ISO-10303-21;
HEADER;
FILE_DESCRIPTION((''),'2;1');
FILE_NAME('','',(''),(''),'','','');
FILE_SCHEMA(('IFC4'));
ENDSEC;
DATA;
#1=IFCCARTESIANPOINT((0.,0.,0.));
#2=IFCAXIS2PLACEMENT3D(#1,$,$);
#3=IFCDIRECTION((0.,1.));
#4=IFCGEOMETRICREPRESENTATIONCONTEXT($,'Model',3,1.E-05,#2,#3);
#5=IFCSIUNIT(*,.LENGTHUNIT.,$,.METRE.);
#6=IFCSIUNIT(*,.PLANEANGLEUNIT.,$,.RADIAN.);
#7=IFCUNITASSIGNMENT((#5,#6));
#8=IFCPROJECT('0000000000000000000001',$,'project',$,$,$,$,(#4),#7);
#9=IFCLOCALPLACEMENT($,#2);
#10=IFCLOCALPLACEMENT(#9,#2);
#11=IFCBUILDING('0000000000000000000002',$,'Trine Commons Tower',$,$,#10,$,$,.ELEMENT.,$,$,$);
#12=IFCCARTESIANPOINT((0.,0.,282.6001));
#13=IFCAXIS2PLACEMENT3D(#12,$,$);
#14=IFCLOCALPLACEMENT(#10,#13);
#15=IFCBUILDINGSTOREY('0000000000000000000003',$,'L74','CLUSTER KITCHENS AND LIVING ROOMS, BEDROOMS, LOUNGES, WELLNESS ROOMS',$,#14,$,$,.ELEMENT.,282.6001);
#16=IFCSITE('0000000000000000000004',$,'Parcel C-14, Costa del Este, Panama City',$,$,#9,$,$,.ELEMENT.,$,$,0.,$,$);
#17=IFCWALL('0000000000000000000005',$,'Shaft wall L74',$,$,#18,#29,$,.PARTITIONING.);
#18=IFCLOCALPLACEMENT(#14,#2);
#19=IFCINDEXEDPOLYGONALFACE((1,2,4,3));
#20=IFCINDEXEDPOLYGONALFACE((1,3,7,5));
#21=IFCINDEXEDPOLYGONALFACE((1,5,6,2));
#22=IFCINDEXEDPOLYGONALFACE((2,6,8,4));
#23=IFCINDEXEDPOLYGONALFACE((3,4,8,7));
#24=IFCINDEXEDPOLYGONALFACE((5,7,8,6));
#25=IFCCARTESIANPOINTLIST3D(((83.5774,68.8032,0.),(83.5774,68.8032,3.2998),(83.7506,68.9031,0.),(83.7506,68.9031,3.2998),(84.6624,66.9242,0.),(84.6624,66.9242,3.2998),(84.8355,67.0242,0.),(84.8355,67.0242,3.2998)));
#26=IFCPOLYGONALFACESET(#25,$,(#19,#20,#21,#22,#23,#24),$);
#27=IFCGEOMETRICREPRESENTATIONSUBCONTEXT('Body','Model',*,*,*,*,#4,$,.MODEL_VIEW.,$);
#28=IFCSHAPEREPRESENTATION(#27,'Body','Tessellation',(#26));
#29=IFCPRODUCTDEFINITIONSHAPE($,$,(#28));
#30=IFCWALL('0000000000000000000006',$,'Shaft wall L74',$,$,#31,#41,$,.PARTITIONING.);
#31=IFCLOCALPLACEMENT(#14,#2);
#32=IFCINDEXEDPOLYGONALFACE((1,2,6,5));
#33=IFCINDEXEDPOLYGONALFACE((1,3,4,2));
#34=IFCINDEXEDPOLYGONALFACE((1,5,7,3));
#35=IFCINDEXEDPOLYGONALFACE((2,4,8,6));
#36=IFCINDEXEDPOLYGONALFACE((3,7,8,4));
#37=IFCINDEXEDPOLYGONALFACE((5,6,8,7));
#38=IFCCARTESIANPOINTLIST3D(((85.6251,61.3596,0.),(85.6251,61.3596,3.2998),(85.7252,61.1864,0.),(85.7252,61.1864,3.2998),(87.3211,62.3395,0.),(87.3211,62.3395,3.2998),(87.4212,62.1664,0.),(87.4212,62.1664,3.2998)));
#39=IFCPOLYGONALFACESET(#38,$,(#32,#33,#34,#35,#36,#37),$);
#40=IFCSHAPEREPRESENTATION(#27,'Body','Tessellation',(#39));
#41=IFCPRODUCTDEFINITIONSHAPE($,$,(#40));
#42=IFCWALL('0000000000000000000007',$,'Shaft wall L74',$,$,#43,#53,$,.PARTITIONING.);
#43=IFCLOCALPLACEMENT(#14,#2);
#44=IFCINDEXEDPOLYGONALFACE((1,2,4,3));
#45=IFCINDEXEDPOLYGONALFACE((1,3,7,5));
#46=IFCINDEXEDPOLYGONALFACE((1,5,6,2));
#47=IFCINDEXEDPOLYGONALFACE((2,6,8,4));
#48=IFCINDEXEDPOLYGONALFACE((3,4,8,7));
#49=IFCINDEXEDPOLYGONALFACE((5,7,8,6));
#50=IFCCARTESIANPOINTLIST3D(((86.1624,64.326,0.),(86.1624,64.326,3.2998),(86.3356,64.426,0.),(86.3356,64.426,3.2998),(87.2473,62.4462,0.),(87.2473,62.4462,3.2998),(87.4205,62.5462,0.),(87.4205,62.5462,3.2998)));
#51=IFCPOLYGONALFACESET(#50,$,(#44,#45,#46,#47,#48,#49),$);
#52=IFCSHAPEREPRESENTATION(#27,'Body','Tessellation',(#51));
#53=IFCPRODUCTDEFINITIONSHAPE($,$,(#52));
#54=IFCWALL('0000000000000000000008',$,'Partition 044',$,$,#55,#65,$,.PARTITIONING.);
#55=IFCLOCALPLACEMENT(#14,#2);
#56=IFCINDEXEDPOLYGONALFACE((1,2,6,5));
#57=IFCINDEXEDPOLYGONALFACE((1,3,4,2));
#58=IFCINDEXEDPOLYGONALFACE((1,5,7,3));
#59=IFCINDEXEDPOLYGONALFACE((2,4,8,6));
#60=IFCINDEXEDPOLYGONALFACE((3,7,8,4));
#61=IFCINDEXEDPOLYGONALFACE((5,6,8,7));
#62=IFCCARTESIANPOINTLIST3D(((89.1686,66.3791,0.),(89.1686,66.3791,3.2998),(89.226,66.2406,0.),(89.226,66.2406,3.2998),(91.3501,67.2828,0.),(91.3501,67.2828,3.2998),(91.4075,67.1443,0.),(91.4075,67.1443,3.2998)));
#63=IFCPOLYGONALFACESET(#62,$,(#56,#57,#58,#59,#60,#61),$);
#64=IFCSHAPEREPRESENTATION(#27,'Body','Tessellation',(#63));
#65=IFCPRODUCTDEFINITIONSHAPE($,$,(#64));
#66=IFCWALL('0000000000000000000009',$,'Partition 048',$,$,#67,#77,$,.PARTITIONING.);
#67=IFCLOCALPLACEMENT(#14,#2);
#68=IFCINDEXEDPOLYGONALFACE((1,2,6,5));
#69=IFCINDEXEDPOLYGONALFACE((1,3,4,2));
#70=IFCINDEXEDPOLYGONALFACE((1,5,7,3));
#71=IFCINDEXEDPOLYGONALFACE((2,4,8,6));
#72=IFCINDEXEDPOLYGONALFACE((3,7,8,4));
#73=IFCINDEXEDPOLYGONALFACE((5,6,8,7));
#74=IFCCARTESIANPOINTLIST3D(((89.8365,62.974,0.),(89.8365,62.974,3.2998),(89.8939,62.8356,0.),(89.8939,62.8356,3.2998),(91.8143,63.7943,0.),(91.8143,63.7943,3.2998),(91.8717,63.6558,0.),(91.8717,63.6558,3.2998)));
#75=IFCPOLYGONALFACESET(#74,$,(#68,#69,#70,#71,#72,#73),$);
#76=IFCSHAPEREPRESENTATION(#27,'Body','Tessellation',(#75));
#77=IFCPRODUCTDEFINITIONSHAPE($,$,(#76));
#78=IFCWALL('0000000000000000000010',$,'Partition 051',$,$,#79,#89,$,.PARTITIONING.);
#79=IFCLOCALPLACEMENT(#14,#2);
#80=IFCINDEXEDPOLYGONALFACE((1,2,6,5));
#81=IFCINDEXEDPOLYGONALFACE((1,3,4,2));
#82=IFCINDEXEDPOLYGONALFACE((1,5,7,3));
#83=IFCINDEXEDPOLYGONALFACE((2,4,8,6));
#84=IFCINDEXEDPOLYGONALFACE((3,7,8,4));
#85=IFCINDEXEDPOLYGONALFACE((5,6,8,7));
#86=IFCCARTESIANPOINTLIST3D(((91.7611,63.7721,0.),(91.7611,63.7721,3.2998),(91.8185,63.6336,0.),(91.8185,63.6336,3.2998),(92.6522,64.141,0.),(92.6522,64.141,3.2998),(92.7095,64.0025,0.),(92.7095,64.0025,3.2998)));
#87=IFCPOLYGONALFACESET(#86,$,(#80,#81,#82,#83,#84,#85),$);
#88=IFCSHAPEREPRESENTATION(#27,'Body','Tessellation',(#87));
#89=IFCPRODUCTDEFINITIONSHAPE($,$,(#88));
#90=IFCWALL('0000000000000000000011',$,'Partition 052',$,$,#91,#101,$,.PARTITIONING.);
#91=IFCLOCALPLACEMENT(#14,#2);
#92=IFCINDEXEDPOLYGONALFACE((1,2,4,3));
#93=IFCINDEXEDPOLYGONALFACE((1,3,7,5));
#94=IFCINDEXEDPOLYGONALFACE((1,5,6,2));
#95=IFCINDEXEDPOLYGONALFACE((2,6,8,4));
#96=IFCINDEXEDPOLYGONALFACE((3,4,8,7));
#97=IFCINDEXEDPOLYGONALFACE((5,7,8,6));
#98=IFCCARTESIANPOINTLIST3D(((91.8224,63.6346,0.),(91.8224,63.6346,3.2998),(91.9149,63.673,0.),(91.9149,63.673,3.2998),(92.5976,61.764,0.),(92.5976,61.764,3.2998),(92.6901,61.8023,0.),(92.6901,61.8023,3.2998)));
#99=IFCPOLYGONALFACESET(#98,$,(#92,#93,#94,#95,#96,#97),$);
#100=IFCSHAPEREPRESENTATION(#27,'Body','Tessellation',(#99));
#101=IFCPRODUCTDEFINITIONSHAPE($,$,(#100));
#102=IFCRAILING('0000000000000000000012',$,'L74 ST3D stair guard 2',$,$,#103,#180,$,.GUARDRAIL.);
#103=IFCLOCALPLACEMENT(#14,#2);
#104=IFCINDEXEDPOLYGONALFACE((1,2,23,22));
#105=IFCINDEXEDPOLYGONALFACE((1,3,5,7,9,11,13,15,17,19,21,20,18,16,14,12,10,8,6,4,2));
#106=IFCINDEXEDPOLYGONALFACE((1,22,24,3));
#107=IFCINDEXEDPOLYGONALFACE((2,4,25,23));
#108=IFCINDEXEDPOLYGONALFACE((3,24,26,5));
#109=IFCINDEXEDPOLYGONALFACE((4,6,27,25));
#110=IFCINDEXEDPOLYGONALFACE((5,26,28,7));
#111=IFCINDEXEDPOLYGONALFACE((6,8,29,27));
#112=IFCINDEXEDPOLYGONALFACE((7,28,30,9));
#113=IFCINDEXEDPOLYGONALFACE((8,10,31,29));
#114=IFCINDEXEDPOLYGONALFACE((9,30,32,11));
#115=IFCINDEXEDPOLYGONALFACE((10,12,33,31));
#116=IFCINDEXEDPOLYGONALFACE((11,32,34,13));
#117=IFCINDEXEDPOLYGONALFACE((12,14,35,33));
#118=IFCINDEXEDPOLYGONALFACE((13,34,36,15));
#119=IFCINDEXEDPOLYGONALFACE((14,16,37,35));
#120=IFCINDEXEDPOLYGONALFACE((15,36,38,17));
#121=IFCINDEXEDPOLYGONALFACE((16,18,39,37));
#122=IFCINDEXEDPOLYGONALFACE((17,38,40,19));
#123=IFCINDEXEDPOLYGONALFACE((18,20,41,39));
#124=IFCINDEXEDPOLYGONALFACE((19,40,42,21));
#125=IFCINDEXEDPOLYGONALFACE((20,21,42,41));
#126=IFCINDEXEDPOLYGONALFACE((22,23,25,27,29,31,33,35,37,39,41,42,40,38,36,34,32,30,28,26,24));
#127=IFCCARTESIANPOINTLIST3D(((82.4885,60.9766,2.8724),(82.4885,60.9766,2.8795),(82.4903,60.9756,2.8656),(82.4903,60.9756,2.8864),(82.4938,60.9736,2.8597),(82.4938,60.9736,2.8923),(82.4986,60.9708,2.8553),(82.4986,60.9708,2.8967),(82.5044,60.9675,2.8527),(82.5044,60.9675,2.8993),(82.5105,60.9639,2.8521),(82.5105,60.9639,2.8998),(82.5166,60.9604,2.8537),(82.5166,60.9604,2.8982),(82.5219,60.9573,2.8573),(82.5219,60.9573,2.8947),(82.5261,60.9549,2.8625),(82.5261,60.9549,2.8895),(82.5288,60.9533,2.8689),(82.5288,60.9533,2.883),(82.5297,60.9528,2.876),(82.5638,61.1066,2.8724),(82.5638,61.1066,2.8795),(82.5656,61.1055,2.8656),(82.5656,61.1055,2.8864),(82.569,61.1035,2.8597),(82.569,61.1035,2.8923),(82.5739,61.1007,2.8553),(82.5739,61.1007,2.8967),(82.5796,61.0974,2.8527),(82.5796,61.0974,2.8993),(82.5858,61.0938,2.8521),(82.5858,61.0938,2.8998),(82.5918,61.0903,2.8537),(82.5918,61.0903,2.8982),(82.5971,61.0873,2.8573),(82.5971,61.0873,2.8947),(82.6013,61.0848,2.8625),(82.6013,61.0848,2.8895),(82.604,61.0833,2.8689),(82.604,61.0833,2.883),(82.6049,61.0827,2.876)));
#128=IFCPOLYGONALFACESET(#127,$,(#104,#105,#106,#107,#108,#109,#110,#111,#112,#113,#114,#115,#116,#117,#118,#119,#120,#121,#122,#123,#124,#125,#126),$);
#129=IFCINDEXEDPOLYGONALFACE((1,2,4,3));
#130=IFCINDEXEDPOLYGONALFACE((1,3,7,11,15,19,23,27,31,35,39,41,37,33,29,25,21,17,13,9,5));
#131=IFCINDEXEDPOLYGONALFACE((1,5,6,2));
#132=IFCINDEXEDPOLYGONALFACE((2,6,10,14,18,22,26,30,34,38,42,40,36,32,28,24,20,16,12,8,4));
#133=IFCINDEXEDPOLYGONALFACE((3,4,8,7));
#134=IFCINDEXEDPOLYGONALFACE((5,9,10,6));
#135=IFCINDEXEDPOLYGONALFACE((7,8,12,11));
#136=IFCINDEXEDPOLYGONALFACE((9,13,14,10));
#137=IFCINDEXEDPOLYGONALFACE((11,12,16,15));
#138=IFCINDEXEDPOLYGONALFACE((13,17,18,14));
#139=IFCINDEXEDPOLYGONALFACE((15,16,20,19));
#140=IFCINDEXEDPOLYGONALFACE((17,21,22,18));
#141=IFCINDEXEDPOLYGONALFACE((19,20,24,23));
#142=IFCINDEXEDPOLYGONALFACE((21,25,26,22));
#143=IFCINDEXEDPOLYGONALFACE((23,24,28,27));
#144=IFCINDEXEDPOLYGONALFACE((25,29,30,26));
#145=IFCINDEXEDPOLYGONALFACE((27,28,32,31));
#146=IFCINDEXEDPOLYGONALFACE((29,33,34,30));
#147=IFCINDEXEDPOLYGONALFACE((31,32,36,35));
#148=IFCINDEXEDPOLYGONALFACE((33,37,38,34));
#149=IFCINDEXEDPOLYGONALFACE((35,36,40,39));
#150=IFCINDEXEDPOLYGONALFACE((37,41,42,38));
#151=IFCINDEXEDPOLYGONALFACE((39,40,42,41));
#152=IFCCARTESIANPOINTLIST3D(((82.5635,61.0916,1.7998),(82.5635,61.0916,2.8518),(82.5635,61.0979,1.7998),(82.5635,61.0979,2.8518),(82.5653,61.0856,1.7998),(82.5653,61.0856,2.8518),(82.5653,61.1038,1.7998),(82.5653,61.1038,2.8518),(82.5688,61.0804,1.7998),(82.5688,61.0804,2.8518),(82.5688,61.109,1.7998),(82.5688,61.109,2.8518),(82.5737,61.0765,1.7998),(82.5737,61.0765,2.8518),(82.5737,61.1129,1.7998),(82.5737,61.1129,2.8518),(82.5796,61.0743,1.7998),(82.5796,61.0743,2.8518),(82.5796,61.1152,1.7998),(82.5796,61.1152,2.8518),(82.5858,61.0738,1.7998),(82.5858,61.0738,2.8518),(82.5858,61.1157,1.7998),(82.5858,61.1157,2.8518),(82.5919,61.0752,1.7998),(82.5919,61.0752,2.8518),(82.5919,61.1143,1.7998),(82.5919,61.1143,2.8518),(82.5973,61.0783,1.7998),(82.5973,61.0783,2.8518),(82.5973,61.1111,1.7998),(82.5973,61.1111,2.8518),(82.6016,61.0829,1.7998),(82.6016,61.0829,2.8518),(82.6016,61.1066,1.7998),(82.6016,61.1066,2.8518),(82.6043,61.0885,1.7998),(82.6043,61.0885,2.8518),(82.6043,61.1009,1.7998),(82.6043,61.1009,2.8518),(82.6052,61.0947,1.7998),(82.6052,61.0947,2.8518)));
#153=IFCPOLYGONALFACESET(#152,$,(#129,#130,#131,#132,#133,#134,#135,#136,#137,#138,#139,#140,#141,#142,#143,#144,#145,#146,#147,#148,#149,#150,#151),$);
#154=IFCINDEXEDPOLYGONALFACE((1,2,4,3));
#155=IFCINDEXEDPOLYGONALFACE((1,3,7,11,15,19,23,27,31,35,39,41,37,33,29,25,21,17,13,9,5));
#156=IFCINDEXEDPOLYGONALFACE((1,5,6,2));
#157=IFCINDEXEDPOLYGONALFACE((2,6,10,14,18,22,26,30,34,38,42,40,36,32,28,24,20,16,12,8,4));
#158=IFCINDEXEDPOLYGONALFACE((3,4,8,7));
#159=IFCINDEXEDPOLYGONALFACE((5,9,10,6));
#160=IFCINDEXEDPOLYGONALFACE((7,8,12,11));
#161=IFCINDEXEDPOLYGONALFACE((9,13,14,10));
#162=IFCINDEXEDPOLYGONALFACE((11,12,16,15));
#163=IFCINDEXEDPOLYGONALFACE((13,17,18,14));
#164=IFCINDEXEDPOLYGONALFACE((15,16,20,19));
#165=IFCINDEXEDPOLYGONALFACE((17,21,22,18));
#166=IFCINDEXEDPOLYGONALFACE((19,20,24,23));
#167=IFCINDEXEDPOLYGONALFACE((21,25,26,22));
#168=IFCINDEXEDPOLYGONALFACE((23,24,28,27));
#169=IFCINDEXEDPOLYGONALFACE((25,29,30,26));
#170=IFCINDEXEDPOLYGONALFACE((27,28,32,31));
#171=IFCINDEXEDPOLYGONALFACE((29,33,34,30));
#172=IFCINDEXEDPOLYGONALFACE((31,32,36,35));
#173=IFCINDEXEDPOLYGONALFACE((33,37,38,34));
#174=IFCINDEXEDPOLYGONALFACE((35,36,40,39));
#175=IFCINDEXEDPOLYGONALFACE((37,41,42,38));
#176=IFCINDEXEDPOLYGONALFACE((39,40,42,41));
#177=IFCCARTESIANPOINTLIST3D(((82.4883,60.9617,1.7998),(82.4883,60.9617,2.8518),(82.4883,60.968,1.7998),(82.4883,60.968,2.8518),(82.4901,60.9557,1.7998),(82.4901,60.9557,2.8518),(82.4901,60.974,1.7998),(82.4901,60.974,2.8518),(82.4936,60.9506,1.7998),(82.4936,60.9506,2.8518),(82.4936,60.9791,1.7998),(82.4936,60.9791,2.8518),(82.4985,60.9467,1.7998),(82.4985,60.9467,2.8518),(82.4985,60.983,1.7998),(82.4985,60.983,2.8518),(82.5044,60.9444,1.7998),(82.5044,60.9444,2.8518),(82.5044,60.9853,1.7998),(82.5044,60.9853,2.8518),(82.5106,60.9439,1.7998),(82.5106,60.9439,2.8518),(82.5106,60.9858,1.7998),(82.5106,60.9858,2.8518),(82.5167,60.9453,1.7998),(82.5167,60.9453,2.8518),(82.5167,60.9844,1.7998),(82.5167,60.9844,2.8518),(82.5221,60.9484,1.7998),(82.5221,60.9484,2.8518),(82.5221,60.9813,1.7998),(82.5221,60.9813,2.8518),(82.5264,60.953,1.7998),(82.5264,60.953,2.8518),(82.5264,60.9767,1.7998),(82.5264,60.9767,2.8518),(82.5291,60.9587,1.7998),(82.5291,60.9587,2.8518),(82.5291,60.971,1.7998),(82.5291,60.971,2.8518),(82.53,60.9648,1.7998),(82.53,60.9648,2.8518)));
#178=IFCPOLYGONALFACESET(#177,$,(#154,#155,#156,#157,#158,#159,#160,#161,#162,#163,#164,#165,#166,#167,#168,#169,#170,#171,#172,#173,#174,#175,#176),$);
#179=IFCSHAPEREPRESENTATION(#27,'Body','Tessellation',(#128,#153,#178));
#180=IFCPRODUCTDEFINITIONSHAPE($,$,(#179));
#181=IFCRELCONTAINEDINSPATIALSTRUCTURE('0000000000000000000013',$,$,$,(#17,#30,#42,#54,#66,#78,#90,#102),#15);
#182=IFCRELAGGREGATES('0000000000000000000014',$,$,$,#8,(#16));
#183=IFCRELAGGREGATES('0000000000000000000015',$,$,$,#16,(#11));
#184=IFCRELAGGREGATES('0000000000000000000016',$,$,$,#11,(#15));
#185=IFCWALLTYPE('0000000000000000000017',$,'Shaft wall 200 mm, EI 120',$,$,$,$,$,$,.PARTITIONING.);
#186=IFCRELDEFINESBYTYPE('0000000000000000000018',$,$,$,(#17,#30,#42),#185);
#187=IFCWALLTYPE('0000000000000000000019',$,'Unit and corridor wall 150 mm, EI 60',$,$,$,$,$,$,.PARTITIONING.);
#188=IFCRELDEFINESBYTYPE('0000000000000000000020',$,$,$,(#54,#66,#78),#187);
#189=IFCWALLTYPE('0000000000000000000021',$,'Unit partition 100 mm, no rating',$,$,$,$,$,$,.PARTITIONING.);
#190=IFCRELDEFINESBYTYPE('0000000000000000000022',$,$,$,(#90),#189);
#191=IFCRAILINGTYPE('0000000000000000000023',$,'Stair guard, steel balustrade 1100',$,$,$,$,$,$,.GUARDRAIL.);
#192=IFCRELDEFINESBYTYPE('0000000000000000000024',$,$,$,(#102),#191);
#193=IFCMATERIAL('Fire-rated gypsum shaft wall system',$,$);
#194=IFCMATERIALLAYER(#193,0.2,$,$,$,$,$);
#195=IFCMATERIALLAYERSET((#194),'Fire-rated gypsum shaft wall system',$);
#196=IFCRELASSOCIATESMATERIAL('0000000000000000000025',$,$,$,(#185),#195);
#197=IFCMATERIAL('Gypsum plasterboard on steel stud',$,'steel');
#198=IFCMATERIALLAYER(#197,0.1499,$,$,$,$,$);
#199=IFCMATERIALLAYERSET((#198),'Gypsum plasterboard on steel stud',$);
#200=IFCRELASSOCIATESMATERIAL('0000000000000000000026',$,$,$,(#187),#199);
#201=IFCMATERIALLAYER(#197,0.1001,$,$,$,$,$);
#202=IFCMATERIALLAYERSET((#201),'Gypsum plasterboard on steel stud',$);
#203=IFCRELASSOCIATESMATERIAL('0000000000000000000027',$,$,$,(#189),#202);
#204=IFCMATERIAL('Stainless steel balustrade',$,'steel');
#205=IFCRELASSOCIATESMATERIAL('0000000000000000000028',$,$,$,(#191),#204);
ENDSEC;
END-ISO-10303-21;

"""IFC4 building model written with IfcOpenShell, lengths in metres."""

from ifc_helpers import new_model, si_unit, direction, frame, frame_2d, origin, origin_2d, place, context, subcontext, project, spatial, rectangle, circle, extrude, material, layer, layer_set, type_object, element, save


model = new_model("IFC4")

# Units and contexts
model_context = context("Model", 3, precision=1e-05, world=origin(), true_north=direction((0.0, 1.0)))
body_context = subcontext(model_context, "Body", "Model", "MODEL_VIEW")
ifc_project = project(units=[si_unit("LENGTHUNIT", "METRE"), si_unit("PLANEANGLEUNIT", "RADIAN")], contexts=[model_context])

# Site, building, storey
site_placement = place(None, origin())
site = spatial("IfcSite", under=ifc_project, at=site_placement, Name="Parcel C-14, Costa del Este, Panama City", CompositionType="ELEMENT", RefElevation=0.0)
building_placement = place(site_placement, origin())
building = spatial("IfcBuilding", under=site, at=building_placement, Name="Trine Commons Tower", CompositionType="ELEMENT")
storey_placement = place(building_placement, frame((0.0, 0.0, 282.6001)))
storey = spatial("IfcBuildingStorey", under=building, at=storey_placement, Name="L74", Description="CLUSTER KITCHENS AND LIVING ROOMS, BEDROOMS, LOUNGES, WELLNESS ROOMS", CompositionType="ELEMENT", Elevation=282.6001)

# Shared definitions
ifc_material_1 = material(Name="Fire-rated gypsum shaft wall system")

# Walls
ifc_layer_1 = layer(ifc_material_1, 0.2)
ifc_layer_set_1 = layer_set([ifc_layer_1], Name="Fire-rated gypsum shaft wall system")
wall_type_1 = type_object("IfcWallType", Name="Shaft wall 200 mm, EI 120", PredefinedType="PARTITIONING", material=ifc_layer_set_1)
wall_1_placement = place(storey_placement, frame((84.749, 66.9741, 0.0), z_axis=(0.0, 0.0, 1.0), x_axis=(-0.50006, 0.865991, 0.0)))
element("IfcWall", 1, at=wall_1_placement, inside=storey, type_object=wall_type_1, Name="Shaft wall L74", PredefinedType="PARTITIONING", context=body_context, shape_type="SweptSolid", body=[
    extrude(rectangle(XDim=2.1697, YDim=0.2, at=frame_2d((1.085, 0.0))), origin(), (0.0, 0.0, 1.0), 3.2998),
])
wall_2_placement = place(storey_placement, frame((85.675, 61.2729, 0.0), z_axis=(0.0, 0.0, 1.0), x_axis=(0.865855, 0.500294, 0.0)))
element("IfcWall", 2, at=wall_2_placement, inside=storey, type_object=wall_type_1, Name="Shaft wall L74", PredefinedType="PARTITIONING", context=body_context, shape_type="SweptSolid", body=[
    extrude(rectangle(XDim=1.9587, YDim=0.2, at=frame_2d((0.9795, 0.0))), origin(), (0.0, 0.0, 1.0), 3.2998),
])
wall_3_placement = place(storey_placement, frame((86.249, 64.376, 0.0), z_axis=(0.0, 0.0, 1.0), x_axis=(0.499865, -0.866103, 0.0)))
element("IfcWall", 3, at=wall_3_placement, inside=storey, type_object=wall_type_1, Name="Shaft wall L74", PredefinedType="PARTITIONING", context=body_context, shape_type="SweptSolid", body=[
    extrude(rectangle(XDim=2.1704, YDim=0.2, at=frame_2d((1.0852, 0.0))), origin(), (0.0, 0.0, 1.0), 3.2998),
])
ifc_material_2 = material(Name="Gypsum plasterboard on steel stud", Category="steel")
ifc_layer_2 = layer(ifc_material_2, 0.1499)
ifc_layer_set_2 = layer_set([ifc_layer_2], Name="Gypsum plasterboard on steel stud")
wall_type_2 = type_object("IfcWallType", Name="Unit and corridor wall 150 mm, EI 60", PredefinedType="PARTITIONING", material=ifc_layer_set_2)
wall_4_placement = place(storey_placement, frame((89.1973, 66.3098, 0.0), z_axis=(0.0, 0.0, 1.0), x_axis=(0.923858, 0.382735, 0.0)))
element("IfcWall", 4, at=wall_4_placement, inside=storey, type_object=wall_type_2, Name="Partition 044", PredefinedType="PARTITIONING", context=body_context, shape_type="SweptSolid", body=[
    extrude(rectangle(XDim=2.3613, YDim=0.1499, at=frame_2d((1.1807, 0.0))), origin(), (0.0, 0.0, 1.0), 3.2998),
])
wall_5_placement = place(storey_placement, frame((89.8652, 62.9048, 0.0), z_axis=(0.0, 0.0, 1.0), x_axis=(0.9237, 0.383117, 0.0)))
element("IfcWall", 5, at=wall_5_placement, inside=storey, type_object=wall_type_2, Name="Partition 048", PredefinedType="PARTITIONING", context=body_context, shape_type="SweptSolid", body=[
    extrude(rectangle(XDim=2.1411, YDim=0.1499, at=frame_2d((1.0706, 0.0))), origin(), (0.0, 0.0, 1.0), 3.2998),
])
wall_6_placement = place(storey_placement, frame((91.7898, 63.7029, 0.0), z_axis=(0.0, 0.0, 1.0), x_axis=(0.923958, 0.382493, 0.0)))
element("IfcWall", 6, at=wall_6_placement, inside=storey, type_object=wall_type_2, Name="Partition 051", PredefinedType="PARTITIONING", context=body_context, shape_type="SweptSolid", body=[
    extrude(rectangle(XDim=0.9644, YDim=0.1499, at=frame_2d((0.4822, 0.0))), origin(), (0.0, 0.0, 1.0), 3.2998),
])
ifc_layer_3 = layer(ifc_material_2, 0.1001)
ifc_layer_set_3 = layer_set([ifc_layer_3], Name="Gypsum plasterboard on steel stud")
wall_type_3 = type_object("IfcWallType", Name="Unit partition 100 mm, no rating", PredefinedType="PARTITIONING", material=ifc_layer_set_3)
wall_7_placement = place(storey_placement, frame((91.8687, 63.6538, 0.0), z_axis=(0.0, 0.0, 1.0), x_axis=(0.382817, -0.923824, 0.0)))
element("IfcWall", 7, at=wall_7_placement, inside=storey, type_object=wall_type_3, Name="Partition 052", PredefinedType="PARTITIONING", context=body_context, shape_type="SweptSolid", body=[
    extrude(rectangle(XDim=2.0249, YDim=0.1001, at=frame_2d((1.0125, 0.0))), origin(), (0.0, 0.0, 1.0), 3.2998),
])

# Railing
ifc_material_3 = material(Name="Stainless steel balustrade", Category="steel")
railing_type_1 = type_object("IfcRailingType", Name="Stair guard, steel balustrade 1100", PredefinedType="GUARDRAIL", material=ifc_material_3)
railing_1_placement = place(storey_placement, frame((82.5842, 61.0947, 1.7998)))
element("IfcRailing", 8, at=railing_1_placement, inside=storey, type_object=railing_type_1, Name="L74 ST3D stair guard 2", PredefinedType="GUARDRAIL", context=body_context, shape_type="SweptSolid", body=[
    extrude(circle(Radius=0.0239, at=origin_2d()), frame((0.0, 0.0, 1.0762), z_axis=(-0.501036, -0.865426, 0.0), x_axis=(0.865426, -0.501036, 0.0)), (0.0, 0.0, 1.0), 0.1501),
    extrude(circle(Radius=0.021, at=origin_2d()), origin(), (0.0, 0.0, 1.0), 1.052),
    extrude(circle(Radius=0.021, at=origin_2d()), frame((-0.0752, -0.1299, 0.0)), (0.0, 0.0, 1.0), 1.052),
])

save(model, "model.ifc")
